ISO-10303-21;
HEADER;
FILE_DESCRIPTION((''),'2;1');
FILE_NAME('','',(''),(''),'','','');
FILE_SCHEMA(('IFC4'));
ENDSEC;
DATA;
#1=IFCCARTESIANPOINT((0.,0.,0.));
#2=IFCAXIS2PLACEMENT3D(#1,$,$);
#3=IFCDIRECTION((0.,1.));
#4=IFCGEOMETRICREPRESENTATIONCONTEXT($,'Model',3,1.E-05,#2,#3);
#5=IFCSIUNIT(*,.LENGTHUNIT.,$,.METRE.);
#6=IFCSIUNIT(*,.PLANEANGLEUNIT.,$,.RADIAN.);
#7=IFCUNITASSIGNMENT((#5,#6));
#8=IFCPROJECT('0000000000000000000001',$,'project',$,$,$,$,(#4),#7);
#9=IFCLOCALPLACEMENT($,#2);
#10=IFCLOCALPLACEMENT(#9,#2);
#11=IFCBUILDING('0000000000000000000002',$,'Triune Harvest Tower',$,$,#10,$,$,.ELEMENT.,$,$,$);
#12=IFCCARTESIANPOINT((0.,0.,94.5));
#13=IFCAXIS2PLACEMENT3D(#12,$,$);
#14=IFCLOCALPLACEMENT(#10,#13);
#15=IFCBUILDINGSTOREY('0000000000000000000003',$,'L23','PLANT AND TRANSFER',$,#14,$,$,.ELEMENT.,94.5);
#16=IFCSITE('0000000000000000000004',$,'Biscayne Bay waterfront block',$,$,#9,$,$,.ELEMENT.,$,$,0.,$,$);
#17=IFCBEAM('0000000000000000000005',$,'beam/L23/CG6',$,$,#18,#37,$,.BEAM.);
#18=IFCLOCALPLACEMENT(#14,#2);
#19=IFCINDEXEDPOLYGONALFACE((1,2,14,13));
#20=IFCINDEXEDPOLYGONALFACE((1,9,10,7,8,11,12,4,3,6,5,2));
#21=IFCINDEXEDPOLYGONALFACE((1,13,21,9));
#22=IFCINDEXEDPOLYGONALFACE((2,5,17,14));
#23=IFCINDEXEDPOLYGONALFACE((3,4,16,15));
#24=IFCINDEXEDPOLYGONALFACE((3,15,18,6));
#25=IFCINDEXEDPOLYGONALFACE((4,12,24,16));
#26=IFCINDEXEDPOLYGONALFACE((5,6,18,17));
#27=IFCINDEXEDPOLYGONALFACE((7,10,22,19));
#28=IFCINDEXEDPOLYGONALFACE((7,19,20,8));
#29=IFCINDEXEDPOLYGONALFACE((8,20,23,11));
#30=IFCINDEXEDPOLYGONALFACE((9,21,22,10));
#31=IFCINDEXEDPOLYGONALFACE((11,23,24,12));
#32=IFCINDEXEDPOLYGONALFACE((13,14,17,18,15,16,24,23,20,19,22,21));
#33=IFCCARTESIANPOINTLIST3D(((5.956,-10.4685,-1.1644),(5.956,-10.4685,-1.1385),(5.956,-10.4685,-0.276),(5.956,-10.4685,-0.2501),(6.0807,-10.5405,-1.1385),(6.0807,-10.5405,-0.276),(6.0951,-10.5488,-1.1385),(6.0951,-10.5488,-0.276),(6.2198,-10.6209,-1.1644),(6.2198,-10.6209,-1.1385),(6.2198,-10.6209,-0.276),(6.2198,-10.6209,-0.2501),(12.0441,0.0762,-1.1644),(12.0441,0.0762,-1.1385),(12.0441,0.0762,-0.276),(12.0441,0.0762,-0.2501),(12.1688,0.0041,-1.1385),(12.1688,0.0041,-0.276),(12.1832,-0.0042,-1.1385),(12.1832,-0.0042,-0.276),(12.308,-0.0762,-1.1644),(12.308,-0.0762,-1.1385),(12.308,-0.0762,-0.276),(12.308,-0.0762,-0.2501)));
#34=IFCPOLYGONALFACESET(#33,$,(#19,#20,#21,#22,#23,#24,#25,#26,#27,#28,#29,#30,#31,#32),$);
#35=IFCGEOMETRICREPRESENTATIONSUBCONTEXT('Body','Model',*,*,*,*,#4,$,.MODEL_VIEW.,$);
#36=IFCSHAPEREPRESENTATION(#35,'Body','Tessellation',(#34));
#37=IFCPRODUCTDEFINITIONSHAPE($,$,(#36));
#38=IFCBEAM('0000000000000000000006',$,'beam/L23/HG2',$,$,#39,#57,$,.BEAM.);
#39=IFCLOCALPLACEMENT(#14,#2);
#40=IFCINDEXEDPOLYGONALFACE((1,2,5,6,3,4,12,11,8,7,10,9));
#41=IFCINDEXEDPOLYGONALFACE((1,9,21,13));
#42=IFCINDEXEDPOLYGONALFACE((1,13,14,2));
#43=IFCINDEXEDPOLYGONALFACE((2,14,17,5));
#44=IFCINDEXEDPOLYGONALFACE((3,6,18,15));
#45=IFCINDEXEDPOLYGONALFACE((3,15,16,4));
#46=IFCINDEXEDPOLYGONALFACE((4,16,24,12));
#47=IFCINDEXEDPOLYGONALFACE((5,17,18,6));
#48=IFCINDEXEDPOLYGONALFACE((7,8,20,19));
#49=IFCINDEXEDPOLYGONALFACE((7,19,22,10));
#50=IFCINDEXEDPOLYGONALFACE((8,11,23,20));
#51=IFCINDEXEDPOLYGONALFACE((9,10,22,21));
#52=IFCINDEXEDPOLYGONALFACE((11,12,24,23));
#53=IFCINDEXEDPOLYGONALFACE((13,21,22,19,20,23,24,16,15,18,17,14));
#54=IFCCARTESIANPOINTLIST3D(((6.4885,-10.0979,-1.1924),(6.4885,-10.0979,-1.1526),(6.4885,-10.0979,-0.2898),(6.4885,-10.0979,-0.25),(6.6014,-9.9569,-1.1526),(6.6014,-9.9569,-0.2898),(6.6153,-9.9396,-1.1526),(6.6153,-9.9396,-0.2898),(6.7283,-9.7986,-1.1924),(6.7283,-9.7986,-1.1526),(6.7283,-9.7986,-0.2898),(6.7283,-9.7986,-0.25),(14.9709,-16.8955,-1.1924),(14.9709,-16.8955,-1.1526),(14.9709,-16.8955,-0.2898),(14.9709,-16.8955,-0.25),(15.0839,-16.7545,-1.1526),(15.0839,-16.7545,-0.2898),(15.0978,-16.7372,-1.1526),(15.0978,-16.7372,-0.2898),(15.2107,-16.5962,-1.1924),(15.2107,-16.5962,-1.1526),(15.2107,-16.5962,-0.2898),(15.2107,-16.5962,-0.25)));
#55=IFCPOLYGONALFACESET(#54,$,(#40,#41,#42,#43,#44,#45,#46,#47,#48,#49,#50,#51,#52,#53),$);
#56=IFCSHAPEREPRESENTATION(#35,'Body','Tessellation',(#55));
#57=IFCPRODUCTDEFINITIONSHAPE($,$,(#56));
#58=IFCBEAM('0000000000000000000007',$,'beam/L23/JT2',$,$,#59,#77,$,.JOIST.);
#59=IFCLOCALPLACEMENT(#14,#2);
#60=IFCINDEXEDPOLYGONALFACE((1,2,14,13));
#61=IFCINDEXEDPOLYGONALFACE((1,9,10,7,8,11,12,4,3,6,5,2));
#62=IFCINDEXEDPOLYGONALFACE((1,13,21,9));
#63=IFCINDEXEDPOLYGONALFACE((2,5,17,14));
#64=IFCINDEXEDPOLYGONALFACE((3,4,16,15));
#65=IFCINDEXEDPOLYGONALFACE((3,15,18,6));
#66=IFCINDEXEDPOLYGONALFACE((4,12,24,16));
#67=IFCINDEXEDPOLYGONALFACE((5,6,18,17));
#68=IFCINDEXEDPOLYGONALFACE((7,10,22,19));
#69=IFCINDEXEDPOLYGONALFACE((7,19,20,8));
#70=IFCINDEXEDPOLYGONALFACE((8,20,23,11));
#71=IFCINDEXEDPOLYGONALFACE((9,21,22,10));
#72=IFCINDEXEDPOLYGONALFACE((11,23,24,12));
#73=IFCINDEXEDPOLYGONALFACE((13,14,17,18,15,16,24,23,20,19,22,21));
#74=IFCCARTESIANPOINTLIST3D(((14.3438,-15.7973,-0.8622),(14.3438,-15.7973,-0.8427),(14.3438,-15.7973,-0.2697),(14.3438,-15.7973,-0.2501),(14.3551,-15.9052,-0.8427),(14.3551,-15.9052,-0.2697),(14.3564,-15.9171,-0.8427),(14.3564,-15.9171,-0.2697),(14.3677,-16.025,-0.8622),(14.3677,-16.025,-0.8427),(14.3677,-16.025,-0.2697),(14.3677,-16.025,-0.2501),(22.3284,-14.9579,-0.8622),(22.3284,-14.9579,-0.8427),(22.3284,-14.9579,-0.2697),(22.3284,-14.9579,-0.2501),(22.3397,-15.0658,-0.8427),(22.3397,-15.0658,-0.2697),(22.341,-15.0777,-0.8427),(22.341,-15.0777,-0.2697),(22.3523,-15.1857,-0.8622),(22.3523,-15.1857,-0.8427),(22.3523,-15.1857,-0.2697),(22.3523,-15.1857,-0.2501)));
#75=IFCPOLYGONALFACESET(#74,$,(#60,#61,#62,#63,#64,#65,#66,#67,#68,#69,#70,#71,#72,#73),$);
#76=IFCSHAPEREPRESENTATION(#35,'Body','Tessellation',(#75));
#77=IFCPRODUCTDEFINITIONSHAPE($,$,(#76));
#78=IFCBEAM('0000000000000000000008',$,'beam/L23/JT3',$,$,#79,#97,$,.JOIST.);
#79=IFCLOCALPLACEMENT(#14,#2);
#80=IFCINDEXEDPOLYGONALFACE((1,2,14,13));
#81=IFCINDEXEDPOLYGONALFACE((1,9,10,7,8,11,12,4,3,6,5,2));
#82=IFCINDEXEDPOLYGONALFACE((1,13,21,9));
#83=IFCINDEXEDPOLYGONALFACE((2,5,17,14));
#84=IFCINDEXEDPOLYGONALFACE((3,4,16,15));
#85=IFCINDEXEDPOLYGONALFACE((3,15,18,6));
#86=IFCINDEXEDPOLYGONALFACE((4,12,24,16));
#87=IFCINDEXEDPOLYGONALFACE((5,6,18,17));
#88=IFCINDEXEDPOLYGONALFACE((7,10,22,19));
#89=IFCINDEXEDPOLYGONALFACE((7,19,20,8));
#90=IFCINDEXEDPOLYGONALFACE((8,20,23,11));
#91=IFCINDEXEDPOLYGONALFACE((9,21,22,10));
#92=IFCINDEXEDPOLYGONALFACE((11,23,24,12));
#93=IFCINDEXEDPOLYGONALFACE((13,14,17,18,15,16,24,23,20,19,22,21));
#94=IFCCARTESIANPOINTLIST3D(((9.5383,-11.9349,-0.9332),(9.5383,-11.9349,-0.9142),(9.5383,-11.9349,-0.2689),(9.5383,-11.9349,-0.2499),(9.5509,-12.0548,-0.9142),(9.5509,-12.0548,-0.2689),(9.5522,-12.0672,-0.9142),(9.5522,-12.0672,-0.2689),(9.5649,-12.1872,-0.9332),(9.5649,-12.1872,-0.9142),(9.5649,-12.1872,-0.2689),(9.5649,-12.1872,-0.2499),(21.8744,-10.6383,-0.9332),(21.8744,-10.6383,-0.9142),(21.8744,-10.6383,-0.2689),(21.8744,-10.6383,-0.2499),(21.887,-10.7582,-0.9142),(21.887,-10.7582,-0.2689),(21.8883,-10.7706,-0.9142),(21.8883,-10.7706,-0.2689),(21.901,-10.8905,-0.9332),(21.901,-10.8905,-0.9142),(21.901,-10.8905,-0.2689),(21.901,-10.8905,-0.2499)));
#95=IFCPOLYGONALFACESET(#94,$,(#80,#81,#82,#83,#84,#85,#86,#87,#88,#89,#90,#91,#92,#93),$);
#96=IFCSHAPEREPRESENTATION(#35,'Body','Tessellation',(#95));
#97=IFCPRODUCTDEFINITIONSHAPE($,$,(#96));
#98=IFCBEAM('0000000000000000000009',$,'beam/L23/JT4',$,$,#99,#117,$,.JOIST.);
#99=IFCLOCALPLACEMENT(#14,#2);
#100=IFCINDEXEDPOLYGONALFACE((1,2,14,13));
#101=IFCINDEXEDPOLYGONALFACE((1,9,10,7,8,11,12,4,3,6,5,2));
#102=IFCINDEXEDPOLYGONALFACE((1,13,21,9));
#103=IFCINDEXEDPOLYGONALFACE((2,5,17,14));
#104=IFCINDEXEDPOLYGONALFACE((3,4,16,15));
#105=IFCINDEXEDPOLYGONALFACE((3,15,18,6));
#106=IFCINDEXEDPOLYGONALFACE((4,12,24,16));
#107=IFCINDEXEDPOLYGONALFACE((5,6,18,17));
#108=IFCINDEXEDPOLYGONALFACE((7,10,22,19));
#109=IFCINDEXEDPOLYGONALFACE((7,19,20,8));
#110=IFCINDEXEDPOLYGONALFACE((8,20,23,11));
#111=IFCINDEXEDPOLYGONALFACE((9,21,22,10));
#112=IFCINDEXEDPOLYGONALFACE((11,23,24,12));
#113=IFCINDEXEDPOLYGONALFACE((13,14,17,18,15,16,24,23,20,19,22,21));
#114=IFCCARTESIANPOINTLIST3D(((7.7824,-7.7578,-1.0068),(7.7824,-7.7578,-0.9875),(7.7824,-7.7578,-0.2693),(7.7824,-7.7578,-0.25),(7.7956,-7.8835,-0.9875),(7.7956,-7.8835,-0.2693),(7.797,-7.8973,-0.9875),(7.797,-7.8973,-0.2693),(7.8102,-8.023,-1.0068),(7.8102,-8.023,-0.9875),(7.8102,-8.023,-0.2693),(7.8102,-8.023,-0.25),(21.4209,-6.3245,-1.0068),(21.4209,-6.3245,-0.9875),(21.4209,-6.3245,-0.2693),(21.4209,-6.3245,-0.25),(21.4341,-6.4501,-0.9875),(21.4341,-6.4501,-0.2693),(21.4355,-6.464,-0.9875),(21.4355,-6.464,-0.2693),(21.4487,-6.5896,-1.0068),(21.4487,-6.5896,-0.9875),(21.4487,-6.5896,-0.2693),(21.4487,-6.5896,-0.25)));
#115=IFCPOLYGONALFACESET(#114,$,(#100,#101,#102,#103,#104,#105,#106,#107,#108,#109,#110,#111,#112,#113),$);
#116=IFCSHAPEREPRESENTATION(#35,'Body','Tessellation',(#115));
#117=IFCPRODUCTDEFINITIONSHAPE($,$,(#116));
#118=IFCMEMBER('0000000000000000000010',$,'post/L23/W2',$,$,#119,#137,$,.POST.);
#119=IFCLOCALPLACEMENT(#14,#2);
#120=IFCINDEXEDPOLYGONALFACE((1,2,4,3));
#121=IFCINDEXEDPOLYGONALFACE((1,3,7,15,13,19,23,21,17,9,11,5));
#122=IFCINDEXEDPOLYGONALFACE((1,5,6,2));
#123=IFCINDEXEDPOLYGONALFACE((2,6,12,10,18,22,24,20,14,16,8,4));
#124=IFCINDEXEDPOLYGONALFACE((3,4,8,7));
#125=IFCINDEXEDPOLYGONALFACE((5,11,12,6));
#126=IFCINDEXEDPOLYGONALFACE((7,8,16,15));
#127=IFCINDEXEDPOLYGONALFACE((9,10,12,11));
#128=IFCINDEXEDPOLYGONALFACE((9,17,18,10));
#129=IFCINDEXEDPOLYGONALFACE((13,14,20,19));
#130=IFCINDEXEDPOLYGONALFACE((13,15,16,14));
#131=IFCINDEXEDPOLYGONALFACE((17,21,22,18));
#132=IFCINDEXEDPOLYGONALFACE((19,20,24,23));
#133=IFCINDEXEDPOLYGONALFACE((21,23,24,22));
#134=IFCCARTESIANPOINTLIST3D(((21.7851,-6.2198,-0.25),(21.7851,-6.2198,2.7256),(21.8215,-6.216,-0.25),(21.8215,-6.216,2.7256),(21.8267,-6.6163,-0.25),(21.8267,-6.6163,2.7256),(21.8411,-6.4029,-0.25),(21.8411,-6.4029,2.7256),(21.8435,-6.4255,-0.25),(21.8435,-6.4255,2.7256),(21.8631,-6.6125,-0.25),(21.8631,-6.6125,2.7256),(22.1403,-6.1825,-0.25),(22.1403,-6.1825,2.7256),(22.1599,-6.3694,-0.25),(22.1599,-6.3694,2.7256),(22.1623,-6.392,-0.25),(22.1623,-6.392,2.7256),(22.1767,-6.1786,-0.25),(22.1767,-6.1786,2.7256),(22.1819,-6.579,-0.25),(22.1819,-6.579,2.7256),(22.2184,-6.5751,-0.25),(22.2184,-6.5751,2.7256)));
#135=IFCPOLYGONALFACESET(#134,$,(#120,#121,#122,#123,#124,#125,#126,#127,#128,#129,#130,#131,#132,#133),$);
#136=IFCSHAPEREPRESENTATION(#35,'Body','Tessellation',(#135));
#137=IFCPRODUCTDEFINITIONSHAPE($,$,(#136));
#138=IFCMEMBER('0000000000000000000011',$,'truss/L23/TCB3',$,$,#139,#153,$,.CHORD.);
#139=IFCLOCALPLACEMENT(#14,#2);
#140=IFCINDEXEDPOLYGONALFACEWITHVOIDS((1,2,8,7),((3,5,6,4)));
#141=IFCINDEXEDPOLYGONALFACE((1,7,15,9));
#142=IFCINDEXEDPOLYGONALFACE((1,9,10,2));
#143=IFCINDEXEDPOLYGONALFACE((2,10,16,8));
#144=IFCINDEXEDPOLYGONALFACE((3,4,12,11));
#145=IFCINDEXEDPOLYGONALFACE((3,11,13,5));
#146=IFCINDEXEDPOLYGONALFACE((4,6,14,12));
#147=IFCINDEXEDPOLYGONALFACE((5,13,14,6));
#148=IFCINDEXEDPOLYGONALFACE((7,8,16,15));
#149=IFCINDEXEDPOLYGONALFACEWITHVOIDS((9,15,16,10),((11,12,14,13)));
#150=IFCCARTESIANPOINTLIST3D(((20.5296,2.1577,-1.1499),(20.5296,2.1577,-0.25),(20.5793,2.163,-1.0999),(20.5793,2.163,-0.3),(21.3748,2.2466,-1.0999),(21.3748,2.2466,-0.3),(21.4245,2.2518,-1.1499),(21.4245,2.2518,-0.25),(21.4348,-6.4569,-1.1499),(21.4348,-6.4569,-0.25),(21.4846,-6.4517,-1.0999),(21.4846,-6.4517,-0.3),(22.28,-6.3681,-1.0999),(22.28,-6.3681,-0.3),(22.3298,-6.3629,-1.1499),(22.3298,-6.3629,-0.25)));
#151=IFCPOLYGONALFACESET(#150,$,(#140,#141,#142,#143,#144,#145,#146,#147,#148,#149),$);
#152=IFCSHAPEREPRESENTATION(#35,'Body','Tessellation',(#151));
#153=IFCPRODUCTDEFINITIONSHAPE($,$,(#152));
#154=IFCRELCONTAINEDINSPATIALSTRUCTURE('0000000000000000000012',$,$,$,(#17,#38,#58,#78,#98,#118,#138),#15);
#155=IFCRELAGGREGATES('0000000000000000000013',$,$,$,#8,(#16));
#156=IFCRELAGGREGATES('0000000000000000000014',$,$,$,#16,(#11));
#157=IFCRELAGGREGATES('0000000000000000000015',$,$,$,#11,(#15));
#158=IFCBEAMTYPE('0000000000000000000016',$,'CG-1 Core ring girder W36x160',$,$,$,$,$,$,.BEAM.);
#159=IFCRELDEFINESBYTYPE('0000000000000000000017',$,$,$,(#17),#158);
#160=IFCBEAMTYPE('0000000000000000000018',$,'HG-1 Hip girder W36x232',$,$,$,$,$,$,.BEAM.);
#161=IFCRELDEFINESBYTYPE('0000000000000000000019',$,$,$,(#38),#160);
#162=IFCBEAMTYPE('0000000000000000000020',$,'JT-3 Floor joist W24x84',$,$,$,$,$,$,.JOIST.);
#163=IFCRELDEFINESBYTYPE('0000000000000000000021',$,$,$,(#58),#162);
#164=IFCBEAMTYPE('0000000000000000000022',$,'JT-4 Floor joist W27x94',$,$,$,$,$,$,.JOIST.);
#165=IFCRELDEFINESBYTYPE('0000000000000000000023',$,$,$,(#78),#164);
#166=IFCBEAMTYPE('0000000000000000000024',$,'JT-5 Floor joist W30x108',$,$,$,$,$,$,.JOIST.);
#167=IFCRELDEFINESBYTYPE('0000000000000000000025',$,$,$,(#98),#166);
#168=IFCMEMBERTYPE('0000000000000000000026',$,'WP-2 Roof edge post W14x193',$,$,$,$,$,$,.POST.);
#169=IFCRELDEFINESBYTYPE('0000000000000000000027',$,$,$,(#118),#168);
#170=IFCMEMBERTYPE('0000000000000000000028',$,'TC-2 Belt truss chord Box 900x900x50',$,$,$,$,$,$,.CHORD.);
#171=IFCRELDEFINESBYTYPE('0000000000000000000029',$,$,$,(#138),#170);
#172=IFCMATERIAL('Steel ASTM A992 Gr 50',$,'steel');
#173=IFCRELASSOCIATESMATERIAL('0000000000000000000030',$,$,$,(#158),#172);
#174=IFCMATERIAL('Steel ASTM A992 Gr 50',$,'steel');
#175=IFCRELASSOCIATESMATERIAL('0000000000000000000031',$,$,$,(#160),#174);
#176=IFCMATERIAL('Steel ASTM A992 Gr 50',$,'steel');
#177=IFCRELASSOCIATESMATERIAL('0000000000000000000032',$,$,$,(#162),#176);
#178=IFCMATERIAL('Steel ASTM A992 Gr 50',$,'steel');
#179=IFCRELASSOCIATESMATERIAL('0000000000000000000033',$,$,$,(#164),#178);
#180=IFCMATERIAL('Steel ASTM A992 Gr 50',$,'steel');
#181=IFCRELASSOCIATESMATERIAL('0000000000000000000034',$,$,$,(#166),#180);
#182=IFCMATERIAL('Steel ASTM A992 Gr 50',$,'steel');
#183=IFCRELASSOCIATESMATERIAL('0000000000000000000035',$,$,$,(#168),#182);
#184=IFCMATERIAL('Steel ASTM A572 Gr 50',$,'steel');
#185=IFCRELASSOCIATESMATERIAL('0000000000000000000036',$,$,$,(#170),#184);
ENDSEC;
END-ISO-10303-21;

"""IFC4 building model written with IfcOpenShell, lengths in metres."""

from ifc_helpers import new_model, si_unit, direction, frame, origin, origin_2d, place, context, subcontext, project, spatial, hollow_rectangle, i_section, extrude, source, transform, mapped, material, material_profile, profile_set, type_object, element, save


model = new_model("IFC4")

# Units and contexts
model_context = context("Model", 3, precision=1e-05, world=origin(), true_north=direction((0.0, 1.0)))
body_context = subcontext(model_context, "Body", "Model", "MODEL_VIEW")
ifc_project = project(units=[si_unit("LENGTHUNIT", "METRE"), si_unit("PLANEANGLEUNIT", "RADIAN")], contexts=[model_context])

# Site, building, storey
site_placement = place(None, origin())
site = spatial("IfcSite", under=ifc_project, at=site_placement, Name="Biscayne Bay waterfront block", CompositionType="ELEMENT", RefElevation=0.0)
building_placement = place(site_placement, origin())
building = spatial("IfcBuilding", under=site, at=building_placement, Name="Triune Harvest Tower", CompositionType="ELEMENT")
storey_placement = place(building_placement, frame((0.0, 0.0, 94.5)))
storey = spatial("IfcBuildingStorey", under=building, at=storey_placement, Name="L23", Description="PLANT AND TRANSFER", CompositionType="ELEMENT", Elevation=94.5)

# Beams
ifc_material_1 = material(Name="Steel ASTM A992 Gr 50", Category="steel")
ifc_material_profile_1 = material_profile(ifc_material_1, i_section(OverallWidth=0.3047, OverallDepth=0.9143, WebThickness=0.0166, FlangeThickness=0.0259, at=origin_2d()), Name="W36x160")
ifc_profile_set_1 = profile_set([ifc_material_profile_1], Name="Steel ASTM A992 Gr 50")
beam_type_1 = type_object("IfcBeamType", Name="CG-1 Core ring girder W36x160", PredefinedType="BEAM", material=ifc_profile_set_1)
shared_shape_1 = source(origin(), body_context, "Body", "SweptSolid", [
    extrude(i_section(OverallWidth=0.3047, OverallDepth=0.9143, WebThickness=0.0166, FlangeThickness=0.0259, at=origin_2d()), origin(), (0.0, 0.0, 1.0), 12.176),
])
beam_1_placement = place(storey_placement, frame((6.0879, -10.5447, -0.7073), z_axis=(0.50001, 0.86602, 0.0), x_axis=(-0.86602, 0.50001, 0.0)))
element("IfcBeam", 1, at=beam_1_placement, inside=storey, type_object=beam_type_1, Name="beam/L23/CG6", PredefinedType="BEAM", context=body_context, shape_type="MappedRepresentation", body=[
    mapped(shared_shape_1, transform((0.0, 0.0, 0.0), scale=1.0)),
])
ifc_material_2 = material(Name="Steel ASTM A992 Gr 50", Category="steel")
ifc_material_profile_2 = material_profile(ifc_material_2, i_section(OverallWidth=0.3835, OverallDepth=0.9424, WebThickness=0.0222, FlangeThickness=0.0398, at=origin_2d()), Name="W36x232")
ifc_profile_set_2 = profile_set([ifc_material_profile_2], Name="Steel ASTM A992 Gr 50")
beam_type_2 = type_object("IfcBeamType", Name="HG-1 Hip girder W36x232", PredefinedType="BEAM", material=ifc_profile_set_2)
shared_shape_2 = source(origin(), body_context, "Body", "SweptSolid", [
    extrude(i_section(OverallWidth=0.3835, OverallDepth=0.9424, WebThickness=0.0222, FlangeThickness=0.0398, at=origin_2d()), origin(), (0.0, 0.0, 1.0), 10.8701),
])
beam_2_placement = place(storey_placement, frame((15.0908, -16.7458, -0.7212), z_axis=(-0.780345, 0.625349, 0.0), x_axis=(-0.625349, -0.780345, 0.0)))
element("IfcBeam", 2, at=beam_2_placement, inside=storey, type_object=beam_type_2, Name="beam/L23/HG2", PredefinedType="BEAM", context=body_context, shape_type="MappedRepresentation", body=[
    mapped(shared_shape_2, transform((0.0, 0.0, 0.0), scale=1.0)),
])
ifc_material_3 = material(Name="Steel ASTM A992 Gr 50", Category="steel")
ifc_material_profile_3 = material_profile(ifc_material_3, i_section(OverallWidth=0.229, OverallDepth=0.6121, WebThickness=0.012, FlangeThickness=0.0195, at=origin_2d()), Name="W24x84")
ifc_profile_set_3 = profile_set([ifc_material_profile_3], Name="Steel ASTM A992 Gr 50")
beam_type_3 = type_object("IfcBeamType", Name="JT-3 Floor joist W24x84", PredefinedType="JOIST", material=ifc_profile_set_3)
shared_shape_3 = source(origin(), body_context, "Body", "SweptSolid", [
    extrude(i_section(OverallWidth=0.229, OverallDepth=0.6121, WebThickness=0.012, FlangeThickness=0.0195, at=origin_2d()), origin(), (0.0, 0.0, 1.0), 8.0286),
])
beam_3_placement = place(storey_placement, frame((22.3403, -15.0718, -0.5562), z_axis=(-0.99452, -0.104545, 0.0), x_axis=(0.104545, -0.99452, 0.0)))
element("IfcBeam", 3, at=beam_3_placement, inside=storey, type_object=beam_type_3, Name="beam/L23/JT2", PredefinedType="JOIST", context=body_context, shape_type="MappedRepresentation", body=[
    mapped(shared_shape_3, transform((0.0, 0.0, 0.0), scale=1.0)),
])
ifc_material_4 = material(Name="Steel ASTM A992 Gr 50", Category="steel")
ifc_material_profile_4 = material_profile(ifc_material_4, i_section(OverallWidth=0.2537, OverallDepth=0.6833, WebThickness=0.0125, FlangeThickness=0.019, at=origin_2d()), Name="W27x94")
ifc_profile_set_4 = profile_set([ifc_material_profile_4], Name="Steel ASTM A992 Gr 50")
beam_type_4 = type_object("IfcBeamType", Name="JT-4 Floor joist W27x94", PredefinedType="JOIST", material=ifc_profile_set_4)
shared_shape_4 = source(origin(), body_context, "Body", "SweptSolid", [
    extrude(i_section(OverallWidth=0.2537, OverallDepth=0.6833, WebThickness=0.0125, FlangeThickness=0.019, at=origin_2d()), origin(), (0.0, 0.0, 1.0), 12.4041),
])
beam_4_placement = place(storey_placement, frame((21.8877, -10.7644, -0.5916), z_axis=(-0.994522, -0.104532, 0.0), x_axis=(0.104532, -0.994522, 0.0)))
element("IfcBeam", 4, at=beam_4_placement, inside=storey, type_object=beam_type_4, Name="beam/L23/JT3", PredefinedType="JOIST", context=body_context, shape_type="MappedRepresentation", body=[
    mapped(shared_shape_4, transform((0.0, 0.0, 0.0), scale=1.0)),
])
ifc_material_5 = material(Name="Steel ASTM A992 Gr 50", Category="steel")
ifc_material_profile_5 = material_profile(ifc_material_5, i_section(OverallWidth=0.2666, OverallDepth=0.7568, WebThickness=0.0139, FlangeThickness=0.0193, at=origin_2d()), Name="W30x108")
ifc_profile_set_5 = profile_set([ifc_material_profile_5], Name="Steel ASTM A992 Gr 50")
beam_type_5 = type_object("IfcBeamType", Name="JT-5 Floor joist W30x108", PredefinedType="JOIST", material=ifc_profile_set_5)
shared_shape_5 = source(origin(), body_context, "Body", "SweptSolid", [
    extrude(i_section(OverallWidth=0.2666, OverallDepth=0.7568, WebThickness=0.0139, FlangeThickness=0.0193, at=origin_2d()), origin(), (0.0, 0.0, 1.0), 13.7136),
])
beam_5_placement = place(storey_placement, frame((21.4348, -6.457, -0.6284), z_axis=(-0.994523, -0.104521, 0.0), x_axis=(0.104521, -0.994523, 0.0)))
element("IfcBeam", 5, at=beam_5_placement, inside=storey, type_object=beam_type_5, Name="beam/L23/JT4", PredefinedType="JOIST", context=body_context, shape_type="MappedRepresentation", body=[
    mapped(shared_shape_5, transform((0.0, 0.0, 0.0), scale=1.0)),
])

# Members
ifc_material_6 = material(Name="Steel ASTM A992 Gr 50", Category="steel")
ifc_material_profile_6 = material_profile(ifc_material_6, i_section(OverallWidth=0.3987, OverallDepth=0.3938, WebThickness=0.0227, FlangeThickness=0.0366, at=origin_2d()), Name="W14x193")
ifc_profile_set_6 = profile_set([ifc_material_profile_6], Name="Steel ASTM A992 Gr 50")
member_type_1 = type_object("IfcMemberType", Name="WP-2 Roof edge post W14x193", PredefinedType="POST", material=ifc_profile_set_6)
shared_shape_6 = source(origin(), body_context, "Body", "SweptSolid", [
    extrude(i_section(OverallWidth=0.3987, OverallDepth=0.3938, WebThickness=0.0227, FlangeThickness=0.0366, at=origin_2d()), origin(), (0.0, 0.0, 1.0), 2.9756),
])
member_1_placement = place(storey_placement, frame((22.0017, -6.3975, -0.25), z_axis=(0.0, 0.0, 1.0), x_axis=(-0.104527, 0.994522, 0.0)))
element("IfcMember", 6, at=member_1_placement, inside=storey, type_object=member_type_1, Name="post/L23/W2", PredefinedType="POST", context=body_context, shape_type="MappedRepresentation", body=[
    mapped(shared_shape_6, transform((0.0, 0.0, 0.0), scale=1.0)),
])
ifc_material_7 = material(Name="Steel ASTM A572 Gr 50", Category="steel")
ifc_material_profile_7 = material_profile(ifc_material_7, hollow_rectangle(XDim=0.8999, YDim=0.8999, WallThickness=0.05, at=origin_2d()), Name="Box 900x900x50")
ifc_profile_set_7 = profile_set([ifc_material_profile_7], Name="Steel ASTM A572 Gr 50")
member_type_2 = type_object("IfcMemberType", Name="TC-2 Belt truss chord Box 900x900x50", PredefinedType="CHORD", material=ifc_profile_set_7)
shared_shape_7 = source(origin(), body_context, "Body", "SweptSolid", [
    extrude(hollow_rectangle(XDim=0.8999, YDim=0.8999, WallThickness=0.05, at=origin_2d()), origin(), (0.0, 0.0, 1.0), 8.6621),
])
member_2_placement = place(storey_placement, frame((21.8823, -6.4099, -0.7), z_axis=(-0.104509, 0.994524, 0.0), x_axis=(-0.994524, -0.104509, 0.0)))
element("IfcMember", 7, at=member_2_placement, inside=storey, type_object=member_type_2, Name="truss/L23/TCB3", PredefinedType="CHORD", context=body_context, shape_type="MappedRepresentation", body=[
    mapped(shared_shape_7, transform((0.0, 0.0, 0.0), scale=1.0)),
])

save(model, "model.ifc")
